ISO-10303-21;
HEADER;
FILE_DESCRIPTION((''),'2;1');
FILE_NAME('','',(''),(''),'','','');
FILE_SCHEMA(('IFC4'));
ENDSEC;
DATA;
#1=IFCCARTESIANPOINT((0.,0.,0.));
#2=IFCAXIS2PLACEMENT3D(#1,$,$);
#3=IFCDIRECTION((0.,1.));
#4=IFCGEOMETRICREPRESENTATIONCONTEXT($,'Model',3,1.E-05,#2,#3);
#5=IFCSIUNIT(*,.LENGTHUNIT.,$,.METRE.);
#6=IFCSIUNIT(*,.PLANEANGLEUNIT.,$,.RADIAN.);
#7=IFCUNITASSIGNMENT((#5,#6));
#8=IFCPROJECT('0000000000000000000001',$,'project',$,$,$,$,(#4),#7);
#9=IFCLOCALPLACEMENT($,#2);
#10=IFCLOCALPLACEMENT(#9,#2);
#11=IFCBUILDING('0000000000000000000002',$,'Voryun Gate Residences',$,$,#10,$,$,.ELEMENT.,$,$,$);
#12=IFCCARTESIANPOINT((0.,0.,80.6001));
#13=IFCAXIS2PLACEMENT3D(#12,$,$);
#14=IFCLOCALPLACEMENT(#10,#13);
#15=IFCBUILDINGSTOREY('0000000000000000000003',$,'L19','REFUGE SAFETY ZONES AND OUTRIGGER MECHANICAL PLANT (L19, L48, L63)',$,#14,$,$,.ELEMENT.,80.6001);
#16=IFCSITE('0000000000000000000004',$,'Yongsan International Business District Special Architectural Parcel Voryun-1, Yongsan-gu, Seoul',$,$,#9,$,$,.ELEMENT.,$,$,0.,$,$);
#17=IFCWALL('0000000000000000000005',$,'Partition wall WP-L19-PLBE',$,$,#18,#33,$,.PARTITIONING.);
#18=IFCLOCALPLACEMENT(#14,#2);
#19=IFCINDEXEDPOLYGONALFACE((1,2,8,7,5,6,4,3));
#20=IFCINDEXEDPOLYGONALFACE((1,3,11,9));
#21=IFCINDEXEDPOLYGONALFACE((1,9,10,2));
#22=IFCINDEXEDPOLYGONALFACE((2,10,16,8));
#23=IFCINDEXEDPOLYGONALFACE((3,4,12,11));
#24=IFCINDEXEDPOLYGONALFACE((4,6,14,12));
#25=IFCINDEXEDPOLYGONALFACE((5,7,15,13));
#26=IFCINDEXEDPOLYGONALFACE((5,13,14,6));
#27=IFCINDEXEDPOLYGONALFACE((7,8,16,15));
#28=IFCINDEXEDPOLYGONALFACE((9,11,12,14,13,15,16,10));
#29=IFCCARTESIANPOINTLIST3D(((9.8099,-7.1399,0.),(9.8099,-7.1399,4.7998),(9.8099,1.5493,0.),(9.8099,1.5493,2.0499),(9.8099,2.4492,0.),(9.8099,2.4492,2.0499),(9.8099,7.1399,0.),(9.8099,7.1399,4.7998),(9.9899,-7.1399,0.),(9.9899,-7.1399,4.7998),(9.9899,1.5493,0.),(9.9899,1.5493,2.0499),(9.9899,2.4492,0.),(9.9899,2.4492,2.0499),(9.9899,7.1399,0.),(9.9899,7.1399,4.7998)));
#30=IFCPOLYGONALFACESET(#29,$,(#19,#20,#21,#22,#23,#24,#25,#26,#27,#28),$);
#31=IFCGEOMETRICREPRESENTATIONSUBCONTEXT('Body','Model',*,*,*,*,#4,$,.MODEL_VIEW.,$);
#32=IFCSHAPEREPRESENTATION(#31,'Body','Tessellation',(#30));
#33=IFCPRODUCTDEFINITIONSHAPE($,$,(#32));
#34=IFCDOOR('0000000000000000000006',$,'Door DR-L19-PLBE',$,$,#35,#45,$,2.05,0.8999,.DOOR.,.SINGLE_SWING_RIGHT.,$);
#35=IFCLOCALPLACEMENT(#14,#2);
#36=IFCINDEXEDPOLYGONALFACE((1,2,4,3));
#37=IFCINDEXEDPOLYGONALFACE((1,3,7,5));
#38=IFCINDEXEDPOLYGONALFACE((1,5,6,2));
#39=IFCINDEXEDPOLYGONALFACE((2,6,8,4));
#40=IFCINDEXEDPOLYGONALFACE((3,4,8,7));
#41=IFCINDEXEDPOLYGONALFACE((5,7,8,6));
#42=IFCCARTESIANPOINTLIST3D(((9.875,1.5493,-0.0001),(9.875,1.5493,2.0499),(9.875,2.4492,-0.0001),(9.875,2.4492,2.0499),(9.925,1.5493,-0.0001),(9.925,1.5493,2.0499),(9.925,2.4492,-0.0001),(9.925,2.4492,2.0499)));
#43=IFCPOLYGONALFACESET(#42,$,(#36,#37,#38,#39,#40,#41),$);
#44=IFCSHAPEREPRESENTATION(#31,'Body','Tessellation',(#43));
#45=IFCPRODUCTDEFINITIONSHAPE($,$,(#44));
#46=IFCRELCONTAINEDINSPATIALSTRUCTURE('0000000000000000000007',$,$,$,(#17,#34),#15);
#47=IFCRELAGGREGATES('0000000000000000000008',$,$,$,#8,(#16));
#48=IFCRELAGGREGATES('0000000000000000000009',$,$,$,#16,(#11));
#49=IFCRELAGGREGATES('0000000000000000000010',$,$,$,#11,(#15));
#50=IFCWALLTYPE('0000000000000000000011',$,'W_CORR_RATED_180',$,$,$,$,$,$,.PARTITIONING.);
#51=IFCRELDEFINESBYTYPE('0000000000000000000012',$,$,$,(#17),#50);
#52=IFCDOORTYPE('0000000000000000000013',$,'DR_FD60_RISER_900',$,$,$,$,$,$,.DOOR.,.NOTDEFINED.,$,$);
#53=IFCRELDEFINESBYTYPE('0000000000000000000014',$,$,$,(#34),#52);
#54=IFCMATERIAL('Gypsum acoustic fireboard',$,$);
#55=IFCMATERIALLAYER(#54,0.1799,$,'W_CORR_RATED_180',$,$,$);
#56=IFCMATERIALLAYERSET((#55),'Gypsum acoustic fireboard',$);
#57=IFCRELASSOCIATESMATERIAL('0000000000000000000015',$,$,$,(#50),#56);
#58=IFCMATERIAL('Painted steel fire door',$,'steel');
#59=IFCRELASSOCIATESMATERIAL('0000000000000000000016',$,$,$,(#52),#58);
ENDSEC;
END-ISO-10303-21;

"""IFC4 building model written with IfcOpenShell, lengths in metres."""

from ifc_helpers import new_model, si_unit, direction, frame, frame_2d, origin, place, context, subcontext, project, spatial, rectangle, extrude, material, layer, layer_set, type_object, element, fill, save


model = new_model("IFC4")

# Units and contexts
model_context = context("Model", 3, precision=1e-05, world=origin(), true_north=direction((0.0, 1.0)))
body_context = subcontext(model_context, "Body", "Model", "MODEL_VIEW")
ifc_project = project(units=[si_unit("LENGTHUNIT", "METRE"), si_unit("PLANEANGLEUNIT", "RADIAN")], contexts=[model_context])

# Site, building, storey
site_placement = place(None, origin())
site = spatial("IfcSite", under=ifc_project, at=site_placement, Name="Yongsan International Business District Special Architectural Parcel Voryun-1, Yongsan-gu, Seoul", CompositionType="ELEMENT", RefElevation=0.0)
building_placement = place(site_placement, origin())
building = spatial("IfcBuilding", under=site, at=building_placement, Name="Voryun Gate Residences", CompositionType="ELEMENT")
storey_placement = place(building_placement, frame((0.0, 0.0, 80.6001)))
storey = spatial("IfcBuildingStorey", under=building, at=storey_placement, Name="L19", Description="REFUGE SAFETY ZONES AND OUTRIGGER MECHANICAL PLANT (L19, L48, L63)", CompositionType="ELEMENT", Elevation=80.6001)

# Shared definitions
ifc_material_1 = material(Name="Gypsum acoustic fireboard")
ifc_layer_1 = layer(ifc_material_1, 0.1799, Name="W_CORR_RATED_180")
ifc_layer_set_1 = layer_set([ifc_layer_1], Name="Gypsum acoustic fireboard")
wall_type = type_object("IfcWallType", Name="W_CORR_RATED_180", PredefinedType="PARTITIONING", material=ifc_layer_set_1)

# Wall, opening, door
wall_1_placement = place(storey_placement, frame((9.8999, -7.1399, 0.0), z_axis=(0.0, 0.0, 1.0), x_axis=(0.0, 1.0, 0.0)))
wall_1 = element("IfcWall", 1, at=wall_1_placement, inside=storey, type_object=wall_type, Name="Partition wall WP-L19-PLBE", PredefinedType="PARTITIONING", context=body_context, shape_type="SweptSolid", body=[
    extrude(rectangle(XDim=14.2798, YDim=0.1799, at=frame_2d((7.1399, 0.0))), origin(), (0.0, 0.0, 1.0), 4.7998),
])
opening_placement = place(wall_1_placement, frame((8.6892, 0.0, 0.0)))
opening = element("IfcOpeningElement", 2, at=opening_placement, cuts=wall_1, PredefinedType="OPENING", context=body_context, shape_type="SweptSolid", body=[
    extrude(rectangle(XDim=0.8999, YDim=2.05, at=frame_2d((0.45, 1.0249))), frame((0.0, 0.0999, 0.0), z_axis=(0.0, -1.0, 0.0), x_axis=(1.0, 0.0, 0.0)), (0.0, 0.0, 1.0), 0.2),
])
ifc_material_2 = material(Name="Painted steel fire door", Category="steel")
door_type = type_object("IfcDoorType", Name="DR_FD60_RISER_900", OperationType="NOTDEFINED", PredefinedType="DOOR", material=ifc_material_2)
door_placement = place(opening_placement, origin())
door = element("IfcDoor", 3, at=door_placement, inside=storey, type_object=door_type, Name="Door DR-L19-PLBE", OperationType="SINGLE_SWING_RIGHT", OverallHeight=2.05, OverallWidth=0.8999, PredefinedType="DOOR", context=body_context, shape_type="SweptSolid", body=[
    extrude(rectangle(XDim=0.8999, YDim=2.05, at=frame_2d((0.45, 1.0249))), frame((0.0, 0.0249, 0.0), z_axis=(0.0, -1.0, 0.0), x_axis=(1.0, 0.0, 0.0)), (0.0, 0.0, 1.0), 0.05),
])
fill(opening, door)

save(model, "model.ifc")
